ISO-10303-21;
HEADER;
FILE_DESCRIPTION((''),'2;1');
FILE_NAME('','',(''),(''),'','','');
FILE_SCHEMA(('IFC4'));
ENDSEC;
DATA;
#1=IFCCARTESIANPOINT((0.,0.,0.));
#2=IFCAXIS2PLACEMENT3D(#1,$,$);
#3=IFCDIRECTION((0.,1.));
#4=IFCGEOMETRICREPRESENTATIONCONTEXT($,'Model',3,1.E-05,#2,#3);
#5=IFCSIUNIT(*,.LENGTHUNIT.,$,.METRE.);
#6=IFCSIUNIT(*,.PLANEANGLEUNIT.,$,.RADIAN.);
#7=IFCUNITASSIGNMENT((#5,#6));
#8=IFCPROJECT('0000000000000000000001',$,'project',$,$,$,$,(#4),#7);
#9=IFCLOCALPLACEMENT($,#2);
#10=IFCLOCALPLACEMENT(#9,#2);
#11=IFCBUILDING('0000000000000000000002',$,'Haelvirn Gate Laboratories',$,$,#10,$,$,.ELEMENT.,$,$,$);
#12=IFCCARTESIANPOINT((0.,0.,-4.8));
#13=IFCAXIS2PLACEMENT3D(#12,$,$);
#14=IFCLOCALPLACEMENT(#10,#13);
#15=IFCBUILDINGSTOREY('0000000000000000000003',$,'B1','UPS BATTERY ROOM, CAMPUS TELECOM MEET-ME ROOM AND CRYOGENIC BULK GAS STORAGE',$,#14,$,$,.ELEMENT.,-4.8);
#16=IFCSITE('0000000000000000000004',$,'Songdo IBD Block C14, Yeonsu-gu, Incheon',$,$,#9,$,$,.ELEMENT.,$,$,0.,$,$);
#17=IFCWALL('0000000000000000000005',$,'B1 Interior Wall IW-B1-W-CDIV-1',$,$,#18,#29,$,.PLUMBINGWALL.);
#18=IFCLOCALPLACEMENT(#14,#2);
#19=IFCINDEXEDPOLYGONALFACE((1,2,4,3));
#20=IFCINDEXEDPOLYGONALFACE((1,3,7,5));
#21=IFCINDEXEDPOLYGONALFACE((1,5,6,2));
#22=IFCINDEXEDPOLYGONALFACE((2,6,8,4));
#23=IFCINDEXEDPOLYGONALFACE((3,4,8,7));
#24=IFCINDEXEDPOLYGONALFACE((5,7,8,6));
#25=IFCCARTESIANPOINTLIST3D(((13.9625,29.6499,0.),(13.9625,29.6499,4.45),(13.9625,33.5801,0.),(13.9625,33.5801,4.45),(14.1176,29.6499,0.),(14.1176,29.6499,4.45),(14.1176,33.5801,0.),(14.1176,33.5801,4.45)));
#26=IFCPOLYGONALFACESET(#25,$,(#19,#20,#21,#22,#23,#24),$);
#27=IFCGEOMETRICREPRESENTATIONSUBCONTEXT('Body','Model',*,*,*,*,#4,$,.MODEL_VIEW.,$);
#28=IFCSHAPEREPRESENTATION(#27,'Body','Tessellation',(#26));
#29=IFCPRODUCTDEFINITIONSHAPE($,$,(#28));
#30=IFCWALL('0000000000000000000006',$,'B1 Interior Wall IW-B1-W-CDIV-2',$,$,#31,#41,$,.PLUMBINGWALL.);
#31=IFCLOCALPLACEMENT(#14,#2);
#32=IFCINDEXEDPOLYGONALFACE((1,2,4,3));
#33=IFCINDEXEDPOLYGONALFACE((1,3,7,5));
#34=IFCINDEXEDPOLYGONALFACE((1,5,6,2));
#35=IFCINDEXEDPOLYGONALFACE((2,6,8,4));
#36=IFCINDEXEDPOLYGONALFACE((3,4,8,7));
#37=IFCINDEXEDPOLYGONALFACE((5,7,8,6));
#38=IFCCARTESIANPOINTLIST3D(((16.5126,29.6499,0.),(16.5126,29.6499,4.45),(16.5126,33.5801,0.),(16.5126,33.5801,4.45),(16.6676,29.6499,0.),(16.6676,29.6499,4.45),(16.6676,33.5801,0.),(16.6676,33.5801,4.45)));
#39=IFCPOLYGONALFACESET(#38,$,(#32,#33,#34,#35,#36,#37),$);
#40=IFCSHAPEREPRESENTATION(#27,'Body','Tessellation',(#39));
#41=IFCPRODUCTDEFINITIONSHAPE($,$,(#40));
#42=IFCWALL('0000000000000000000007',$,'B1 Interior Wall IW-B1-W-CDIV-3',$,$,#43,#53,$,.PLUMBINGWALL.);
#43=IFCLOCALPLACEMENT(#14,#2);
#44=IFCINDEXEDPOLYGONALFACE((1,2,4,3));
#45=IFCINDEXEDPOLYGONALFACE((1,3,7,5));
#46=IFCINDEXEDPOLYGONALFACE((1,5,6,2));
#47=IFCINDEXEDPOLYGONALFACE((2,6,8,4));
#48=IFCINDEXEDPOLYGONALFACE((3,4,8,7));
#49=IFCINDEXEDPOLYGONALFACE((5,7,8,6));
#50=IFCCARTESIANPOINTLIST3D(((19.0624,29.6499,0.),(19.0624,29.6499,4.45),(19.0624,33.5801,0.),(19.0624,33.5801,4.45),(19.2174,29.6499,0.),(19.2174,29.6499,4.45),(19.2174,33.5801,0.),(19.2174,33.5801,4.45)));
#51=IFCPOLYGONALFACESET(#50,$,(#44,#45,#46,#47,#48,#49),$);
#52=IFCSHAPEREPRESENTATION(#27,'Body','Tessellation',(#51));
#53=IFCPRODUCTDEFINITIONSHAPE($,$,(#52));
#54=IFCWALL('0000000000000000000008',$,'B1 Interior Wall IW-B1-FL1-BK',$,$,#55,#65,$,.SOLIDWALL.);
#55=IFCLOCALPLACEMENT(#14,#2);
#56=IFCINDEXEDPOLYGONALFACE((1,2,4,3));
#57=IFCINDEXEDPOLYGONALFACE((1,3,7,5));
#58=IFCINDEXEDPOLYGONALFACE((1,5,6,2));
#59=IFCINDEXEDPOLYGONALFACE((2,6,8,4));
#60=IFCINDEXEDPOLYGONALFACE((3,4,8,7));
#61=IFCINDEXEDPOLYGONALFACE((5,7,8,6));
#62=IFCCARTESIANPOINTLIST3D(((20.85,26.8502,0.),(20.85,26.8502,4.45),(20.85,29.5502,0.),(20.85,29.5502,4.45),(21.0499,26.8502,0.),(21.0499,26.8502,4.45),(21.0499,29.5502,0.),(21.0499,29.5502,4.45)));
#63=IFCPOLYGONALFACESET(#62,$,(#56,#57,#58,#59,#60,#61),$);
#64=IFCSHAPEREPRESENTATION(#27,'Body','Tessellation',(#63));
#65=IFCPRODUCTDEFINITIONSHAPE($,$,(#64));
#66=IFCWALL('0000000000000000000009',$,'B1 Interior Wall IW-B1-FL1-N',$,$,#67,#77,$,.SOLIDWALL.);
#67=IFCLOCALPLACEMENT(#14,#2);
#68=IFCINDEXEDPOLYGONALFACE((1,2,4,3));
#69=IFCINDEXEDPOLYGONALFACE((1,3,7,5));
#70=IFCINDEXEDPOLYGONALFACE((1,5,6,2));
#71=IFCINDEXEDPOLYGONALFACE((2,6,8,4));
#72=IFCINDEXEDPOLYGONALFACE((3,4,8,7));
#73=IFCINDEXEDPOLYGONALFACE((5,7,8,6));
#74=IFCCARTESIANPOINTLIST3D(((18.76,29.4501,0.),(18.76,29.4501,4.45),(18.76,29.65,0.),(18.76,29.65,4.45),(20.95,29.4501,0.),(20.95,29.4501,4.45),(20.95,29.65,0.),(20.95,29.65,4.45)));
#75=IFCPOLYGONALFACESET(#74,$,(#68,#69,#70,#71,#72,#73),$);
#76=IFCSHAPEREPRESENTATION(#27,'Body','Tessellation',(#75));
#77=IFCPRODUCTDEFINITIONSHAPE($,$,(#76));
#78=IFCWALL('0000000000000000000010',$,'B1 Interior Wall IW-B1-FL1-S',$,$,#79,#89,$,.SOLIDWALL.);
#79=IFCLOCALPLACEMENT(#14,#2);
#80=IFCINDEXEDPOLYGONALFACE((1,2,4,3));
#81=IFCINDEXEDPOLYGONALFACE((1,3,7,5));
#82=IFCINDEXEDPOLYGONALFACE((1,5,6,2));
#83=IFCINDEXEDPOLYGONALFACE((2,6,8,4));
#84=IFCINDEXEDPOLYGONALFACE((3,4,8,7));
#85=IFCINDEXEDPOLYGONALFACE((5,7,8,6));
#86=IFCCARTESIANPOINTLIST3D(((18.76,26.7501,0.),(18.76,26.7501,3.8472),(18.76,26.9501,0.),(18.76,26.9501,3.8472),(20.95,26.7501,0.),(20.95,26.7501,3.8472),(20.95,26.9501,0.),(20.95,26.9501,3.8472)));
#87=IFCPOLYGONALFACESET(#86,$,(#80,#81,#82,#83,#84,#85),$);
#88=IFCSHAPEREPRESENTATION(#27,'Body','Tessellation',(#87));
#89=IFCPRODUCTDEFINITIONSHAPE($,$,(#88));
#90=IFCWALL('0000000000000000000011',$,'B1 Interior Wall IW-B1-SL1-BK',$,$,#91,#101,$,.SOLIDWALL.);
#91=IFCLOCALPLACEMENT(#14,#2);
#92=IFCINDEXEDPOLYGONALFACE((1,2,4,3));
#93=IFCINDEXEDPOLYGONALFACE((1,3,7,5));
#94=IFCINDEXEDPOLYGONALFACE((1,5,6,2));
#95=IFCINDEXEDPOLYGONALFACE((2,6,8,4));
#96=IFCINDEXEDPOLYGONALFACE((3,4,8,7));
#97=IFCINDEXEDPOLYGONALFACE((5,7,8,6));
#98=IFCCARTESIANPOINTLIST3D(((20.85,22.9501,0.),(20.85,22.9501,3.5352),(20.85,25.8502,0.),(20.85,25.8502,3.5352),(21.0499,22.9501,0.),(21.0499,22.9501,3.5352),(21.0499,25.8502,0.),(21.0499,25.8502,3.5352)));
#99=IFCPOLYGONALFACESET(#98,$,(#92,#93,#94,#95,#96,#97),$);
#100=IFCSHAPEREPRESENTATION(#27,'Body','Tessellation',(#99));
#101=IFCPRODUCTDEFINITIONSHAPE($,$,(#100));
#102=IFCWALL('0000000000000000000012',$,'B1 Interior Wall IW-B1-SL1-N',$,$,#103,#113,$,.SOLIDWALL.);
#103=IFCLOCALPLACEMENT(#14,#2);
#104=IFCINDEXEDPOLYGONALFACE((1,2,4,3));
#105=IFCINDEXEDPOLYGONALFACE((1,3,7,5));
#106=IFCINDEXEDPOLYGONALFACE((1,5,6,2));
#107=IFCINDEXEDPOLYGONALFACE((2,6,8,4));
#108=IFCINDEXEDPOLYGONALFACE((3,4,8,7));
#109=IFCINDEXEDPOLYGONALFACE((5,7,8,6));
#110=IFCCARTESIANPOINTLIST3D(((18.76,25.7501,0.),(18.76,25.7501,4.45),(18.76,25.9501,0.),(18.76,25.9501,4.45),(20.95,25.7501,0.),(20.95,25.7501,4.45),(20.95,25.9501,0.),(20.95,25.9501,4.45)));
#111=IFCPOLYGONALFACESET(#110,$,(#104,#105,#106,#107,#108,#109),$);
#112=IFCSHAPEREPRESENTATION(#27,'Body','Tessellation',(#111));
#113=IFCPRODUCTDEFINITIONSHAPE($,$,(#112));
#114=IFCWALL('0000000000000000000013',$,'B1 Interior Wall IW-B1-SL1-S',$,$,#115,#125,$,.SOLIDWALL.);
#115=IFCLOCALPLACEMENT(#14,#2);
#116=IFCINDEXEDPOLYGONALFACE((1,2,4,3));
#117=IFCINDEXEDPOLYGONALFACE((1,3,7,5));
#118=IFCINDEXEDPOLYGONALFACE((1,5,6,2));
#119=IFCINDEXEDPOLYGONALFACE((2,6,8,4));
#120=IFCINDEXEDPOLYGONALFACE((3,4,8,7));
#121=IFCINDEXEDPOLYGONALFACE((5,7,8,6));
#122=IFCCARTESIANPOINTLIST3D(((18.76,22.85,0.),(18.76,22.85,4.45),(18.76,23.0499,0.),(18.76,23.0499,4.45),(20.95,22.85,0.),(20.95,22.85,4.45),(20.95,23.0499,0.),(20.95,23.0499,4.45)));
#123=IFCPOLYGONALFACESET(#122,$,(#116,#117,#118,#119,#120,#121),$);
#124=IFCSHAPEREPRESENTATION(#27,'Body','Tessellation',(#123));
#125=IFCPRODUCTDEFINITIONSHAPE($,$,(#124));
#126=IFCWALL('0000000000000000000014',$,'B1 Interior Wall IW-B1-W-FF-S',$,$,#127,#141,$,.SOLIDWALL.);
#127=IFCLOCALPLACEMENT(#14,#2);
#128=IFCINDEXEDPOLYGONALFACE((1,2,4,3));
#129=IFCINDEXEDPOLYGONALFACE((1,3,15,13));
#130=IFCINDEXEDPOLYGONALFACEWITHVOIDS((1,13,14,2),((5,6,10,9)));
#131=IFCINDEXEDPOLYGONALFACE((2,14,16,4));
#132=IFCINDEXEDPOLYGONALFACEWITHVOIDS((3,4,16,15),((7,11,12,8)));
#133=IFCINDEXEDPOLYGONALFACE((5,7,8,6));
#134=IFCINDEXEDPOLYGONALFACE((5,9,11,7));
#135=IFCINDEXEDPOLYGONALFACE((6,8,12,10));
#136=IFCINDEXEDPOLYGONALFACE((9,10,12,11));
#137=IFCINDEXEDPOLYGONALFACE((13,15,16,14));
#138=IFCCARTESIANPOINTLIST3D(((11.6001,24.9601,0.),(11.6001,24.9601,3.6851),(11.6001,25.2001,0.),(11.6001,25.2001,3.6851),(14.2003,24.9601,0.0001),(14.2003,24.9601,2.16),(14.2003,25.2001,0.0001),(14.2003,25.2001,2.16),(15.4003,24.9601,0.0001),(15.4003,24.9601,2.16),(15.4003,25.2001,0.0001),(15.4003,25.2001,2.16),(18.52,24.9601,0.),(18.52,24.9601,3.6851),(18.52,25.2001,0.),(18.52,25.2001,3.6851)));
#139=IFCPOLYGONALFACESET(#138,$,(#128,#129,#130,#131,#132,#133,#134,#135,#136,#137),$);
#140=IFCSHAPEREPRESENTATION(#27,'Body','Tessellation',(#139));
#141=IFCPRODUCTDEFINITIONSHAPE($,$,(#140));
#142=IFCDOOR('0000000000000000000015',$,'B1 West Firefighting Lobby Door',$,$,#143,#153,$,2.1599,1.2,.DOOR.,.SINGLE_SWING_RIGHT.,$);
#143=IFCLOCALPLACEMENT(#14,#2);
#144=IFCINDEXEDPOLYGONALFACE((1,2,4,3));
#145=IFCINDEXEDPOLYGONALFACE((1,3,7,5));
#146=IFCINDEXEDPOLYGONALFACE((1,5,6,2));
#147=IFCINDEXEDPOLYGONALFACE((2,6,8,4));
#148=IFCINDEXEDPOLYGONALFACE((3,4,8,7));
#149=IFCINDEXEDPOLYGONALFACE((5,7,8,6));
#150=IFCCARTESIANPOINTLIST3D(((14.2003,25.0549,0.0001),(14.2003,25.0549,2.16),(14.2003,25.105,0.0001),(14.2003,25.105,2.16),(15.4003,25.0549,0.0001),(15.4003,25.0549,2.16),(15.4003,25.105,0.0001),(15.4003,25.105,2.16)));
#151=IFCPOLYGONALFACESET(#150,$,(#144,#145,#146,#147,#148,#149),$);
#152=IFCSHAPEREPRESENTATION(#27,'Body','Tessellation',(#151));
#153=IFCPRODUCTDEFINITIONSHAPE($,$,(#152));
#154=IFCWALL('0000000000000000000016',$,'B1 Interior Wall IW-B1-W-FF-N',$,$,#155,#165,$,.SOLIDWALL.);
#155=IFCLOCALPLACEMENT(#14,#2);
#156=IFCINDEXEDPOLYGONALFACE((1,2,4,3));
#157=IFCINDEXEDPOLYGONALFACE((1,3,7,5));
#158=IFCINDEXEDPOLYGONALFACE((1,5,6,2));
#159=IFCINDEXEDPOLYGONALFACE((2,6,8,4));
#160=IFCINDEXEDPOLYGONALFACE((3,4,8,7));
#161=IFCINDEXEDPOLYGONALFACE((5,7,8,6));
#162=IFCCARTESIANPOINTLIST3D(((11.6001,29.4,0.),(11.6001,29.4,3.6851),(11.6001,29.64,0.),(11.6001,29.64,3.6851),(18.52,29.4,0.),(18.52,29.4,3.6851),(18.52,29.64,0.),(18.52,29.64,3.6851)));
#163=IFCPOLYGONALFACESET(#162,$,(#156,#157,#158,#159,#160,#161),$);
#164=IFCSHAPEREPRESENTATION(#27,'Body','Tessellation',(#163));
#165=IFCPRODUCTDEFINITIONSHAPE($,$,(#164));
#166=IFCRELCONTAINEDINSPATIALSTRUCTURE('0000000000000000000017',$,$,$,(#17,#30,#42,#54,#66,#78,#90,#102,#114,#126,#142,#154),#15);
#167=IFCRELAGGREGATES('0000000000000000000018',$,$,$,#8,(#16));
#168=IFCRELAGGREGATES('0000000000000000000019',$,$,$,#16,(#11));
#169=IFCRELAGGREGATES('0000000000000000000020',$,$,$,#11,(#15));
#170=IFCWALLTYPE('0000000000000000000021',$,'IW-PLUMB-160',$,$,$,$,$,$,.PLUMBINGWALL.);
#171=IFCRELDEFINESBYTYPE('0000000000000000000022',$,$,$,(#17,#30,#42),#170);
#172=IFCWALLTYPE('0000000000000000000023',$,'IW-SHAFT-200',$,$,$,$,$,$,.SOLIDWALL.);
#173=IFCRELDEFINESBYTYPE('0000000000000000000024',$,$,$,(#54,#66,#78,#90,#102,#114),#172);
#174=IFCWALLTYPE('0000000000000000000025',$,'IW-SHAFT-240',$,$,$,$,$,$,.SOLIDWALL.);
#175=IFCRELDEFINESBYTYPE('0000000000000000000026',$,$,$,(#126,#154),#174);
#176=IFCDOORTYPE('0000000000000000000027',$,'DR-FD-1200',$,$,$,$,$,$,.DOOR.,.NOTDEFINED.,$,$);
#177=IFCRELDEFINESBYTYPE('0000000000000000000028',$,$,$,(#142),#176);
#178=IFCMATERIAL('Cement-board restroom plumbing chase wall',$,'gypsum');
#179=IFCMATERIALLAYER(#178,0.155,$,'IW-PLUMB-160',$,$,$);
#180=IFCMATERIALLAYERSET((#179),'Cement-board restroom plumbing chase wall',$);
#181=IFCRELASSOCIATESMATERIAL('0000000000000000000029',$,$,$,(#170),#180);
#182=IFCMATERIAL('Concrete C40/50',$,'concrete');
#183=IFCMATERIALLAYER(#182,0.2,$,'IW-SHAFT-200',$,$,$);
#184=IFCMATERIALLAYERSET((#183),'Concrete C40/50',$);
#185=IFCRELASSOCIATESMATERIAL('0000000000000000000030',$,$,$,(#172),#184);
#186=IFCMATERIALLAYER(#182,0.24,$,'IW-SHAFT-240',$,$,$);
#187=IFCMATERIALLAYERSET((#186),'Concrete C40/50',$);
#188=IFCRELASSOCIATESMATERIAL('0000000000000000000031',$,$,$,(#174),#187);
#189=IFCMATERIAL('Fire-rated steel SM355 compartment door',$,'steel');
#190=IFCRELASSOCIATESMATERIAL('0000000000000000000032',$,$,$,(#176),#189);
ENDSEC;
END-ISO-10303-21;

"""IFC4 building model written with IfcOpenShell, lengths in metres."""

from ifc_helpers import new_model, si_unit, direction, frame, frame_2d, origin, place, context, subcontext, project, spatial, rectangle, extrude, source, transform, mapped, material, layer, layer_set, type_object, type_shapes, element, fill, save


model = new_model("IFC4")

# Units and contexts
model_context = context("Model", 3, precision=1e-05, world=origin(), true_north=direction((0.0, 1.0)))
body_context = subcontext(model_context, "Body", "Model", "MODEL_VIEW")
ifc_project = project(units=[si_unit("LENGTHUNIT", "METRE"), si_unit("PLANEANGLEUNIT", "RADIAN")], contexts=[model_context])

# Site, building, storey
site_placement = place(None, origin())
site = spatial("IfcSite", under=ifc_project, at=site_placement, Name="Songdo IBD Block C14, Yeonsu-gu, Incheon", CompositionType="ELEMENT", RefElevation=0.0)
building_placement = place(site_placement, origin())
building = spatial("IfcBuilding", under=site, at=building_placement, Name="Haelvirn Gate Laboratories", CompositionType="ELEMENT")
storey_placement = place(building_placement, frame((0.0, 0.0, -4.8)))
storey = spatial("IfcBuildingStorey", under=building, at=storey_placement, Name="B1", Description="UPS BATTERY ROOM, CAMPUS TELECOM MEET-ME ROOM AND CRYOGENIC BULK GAS STORAGE", CompositionType="ELEMENT", Elevation=-4.8)

# Walls
ifc_material_1 = material(Name="Cement-board restroom plumbing chase wall", Category="gypsum")
ifc_layer_1 = layer(ifc_material_1, 0.155, Name="IW-PLUMB-160")
ifc_layer_set_1 = layer_set([ifc_layer_1], Name="Cement-board restroom plumbing chase wall")
wall_type_1 = type_object("IfcWallType", Name="IW-PLUMB-160", PredefinedType="PLUMBINGWALL", material=ifc_layer_set_1)
for number, where, z_axis, x_axis, name in (
    (1, (14.04, 29.6499, 0.0), (0.0, 0.0, 1.0), (0.0, 1.0, 0.0), "B1 Interior Wall IW-B1-W-CDIV-1"),
    (2, (16.5901, 29.6499, 0.0), (0.0, 0.0, 1.0), (0.0, 1.0, 0.0), "B1 Interior Wall IW-B1-W-CDIV-2"),
    (3, (19.1399, 29.6499, 0.0), (0.0, 0.0, 1.0), (0.0, 1.0, 0.0), "B1 Interior Wall IW-B1-W-CDIV-3"),
):
    element("IfcWall", number, at=place(storey_placement, frame(where, z_axis=z_axis, x_axis=x_axis)), inside=storey, type_object=wall_type_1, Name=name, PredefinedType="PLUMBINGWALL", context=body_context, shape_type="SweptSolid", body=[
        extrude(rectangle(XDim=3.9302, YDim=0.155, at=frame_2d((1.9651, 0.0))), origin(), (0.0, 0.0, 1.0), 4.45),
    ])
ifc_material_2 = material(Name="Concrete C40/50", Category="concrete")
ifc_layer_2 = layer(ifc_material_2, 0.2, Name="IW-SHAFT-200")
ifc_layer_set_2 = layer_set([ifc_layer_2], Name="Concrete C40/50")
wall_type_2 = type_object("IfcWallType", Name="IW-SHAFT-200", PredefinedType="SOLIDWALL", material=ifc_layer_set_2)
wall_1_placement = place(storey_placement, frame((20.95, 26.8501, 0.0), z_axis=(0.0, 0.0, 1.0), x_axis=(0.0, 1.0, 0.0)))
element("IfcWall", 4, at=wall_1_placement, inside=storey, type_object=wall_type_2, Name="B1 Interior Wall IW-B1-FL1-BK", PredefinedType="SOLIDWALL", context=body_context, shape_type="SweptSolid", body=[
    extrude(rectangle(XDim=2.7, YDim=0.2, at=frame_2d((1.3501, 0.0))), origin(), (0.0, 0.0, 1.0), 4.45),
])
wall_2_placement = place(storey_placement, frame((18.76, 29.55, 0.0), z_axis=(0.0, 0.0, 1.0), x_axis=(1.0, 0.0, 0.0)))
element("IfcWall", 5, at=wall_2_placement, inside=storey, type_object=wall_type_2, Name="B1 Interior Wall IW-B1-FL1-N", PredefinedType="SOLIDWALL", context=body_context, shape_type="SweptSolid", body=[
    extrude(rectangle(XDim=2.1899, YDim=0.2, at=frame_2d((1.095, 0.0))), origin(), (0.0, 0.0, 1.0), 4.45),
])
wall_3_placement = place(storey_placement, frame((18.76, 26.8501, 0.0), z_axis=(0.0, 0.0, 1.0), x_axis=(1.0, 0.0, 0.0)))
element("IfcWall", 6, at=wall_3_placement, inside=storey, type_object=wall_type_2, Name="B1 Interior Wall IW-B1-FL1-S", PredefinedType="SOLIDWALL", context=body_context, shape_type="SweptSolid", body=[
    extrude(rectangle(XDim=2.1899, YDim=0.2, at=frame_2d((1.095, 0.0))), origin(), (0.0, 0.0, 1.0), 3.8472),
])
wall_4_placement = place(storey_placement, frame((20.95, 22.95, 0.0), z_axis=(0.0, 0.0, 1.0), x_axis=(0.0, 1.0, 0.0)))
element("IfcWall", 7, at=wall_4_placement, inside=storey, type_object=wall_type_2, Name="B1 Interior Wall IW-B1-SL1-BK", PredefinedType="SOLIDWALL", context=body_context, shape_type="SweptSolid", body=[
    extrude(rectangle(XDim=2.9001, YDim=0.2, at=frame_2d((1.4502, 0.0))), origin(), (0.0, 0.0, 1.0), 3.5352),
])
for number, where, z_axis, x_axis, name in (
    (8, (18.76, 25.8501, 0.0), (0.0, 0.0, 1.0), (1.0, 0.0, 0.0), "B1 Interior Wall IW-B1-SL1-N"),
    (9, (18.76, 22.95, 0.0), (0.0, 0.0, 1.0), (1.0, 0.0, 0.0), "B1 Interior Wall IW-B1-SL1-S"),
):
    element("IfcWall", number, at=place(storey_placement, frame(where, z_axis=z_axis, x_axis=x_axis)), inside=storey, type_object=wall_type_2, Name=name, PredefinedType="SOLIDWALL", context=body_context, shape_type="SweptSolid", body=[
        extrude(rectangle(XDim=2.1899, YDim=0.2, at=frame_2d((1.095, 0.0))), origin(), (0.0, 0.0, 1.0), 4.45),
    ])

# Wall, opening, door
ifc_layer_3 = layer(ifc_material_2, 0.24, Name="IW-SHAFT-240")
ifc_layer_set_3 = layer_set([ifc_layer_3], Name="Concrete C40/50")
wall_type_3 = type_object("IfcWallType", Name="IW-SHAFT-240", PredefinedType="SOLIDWALL", material=ifc_layer_set_3)
wall_5_placement = place(storey_placement, frame((11.6001, 25.0801, 0.0), z_axis=(0.0, 0.0, 1.0), x_axis=(1.0, 0.0, 0.0)))
wall_5 = element("IfcWall", 10, at=wall_5_placement, inside=storey, type_object=wall_type_3, Name="B1 Interior Wall IW-B1-W-FF-S", PredefinedType="SOLIDWALL", context=body_context, shape_type="SweptSolid", body=[
    extrude(rectangle(XDim=6.9199, YDim=0.24, at=frame_2d((3.46, 0.0))), origin(), (0.0, 0.0, 1.0), 3.6851),
])
opening_1_placement = place(wall_5_placement, frame((2.6001, 0.0, 0.0)))
opening_1 = element("IfcOpeningElement", 11, at=opening_1_placement, cuts=wall_5, PredefinedType="OPENING", context=body_context, shape_type="SweptSolid", body=[
    extrude(rectangle(XDim=1.2, YDim=2.1599, at=frame_2d((0.6001, 1.0801))), frame((0.0, 0.1299, 0.0), z_axis=(0.0, -1.0, 0.0), x_axis=(1.0, 0.0, 0.0)), (0.0, 0.0, 1.0), 0.26),
])
ifc_material_3 = material(Name="Fire-rated steel SM355 compartment door", Category="steel")
door_type_1 = type_object("IfcDoorType", Name="DR-FD-1200", OperationType="NOTDEFINED", PredefinedType="DOOR", material=ifc_material_3)
shared_shape_1 = source(origin(), body_context, "Body", "SweptSolid", [
    extrude(rectangle(XDim=1.2, YDim=2.1599, at=frame_2d((0.6001, 1.0801))), frame((0.0, 0.0249, 0.0), z_axis=(0.0, -1.0, 0.0), x_axis=(1.0, 0.0, 0.0)), (0.0, 0.0, 1.0), 0.05),
])
type_shapes(door_type_1, [shared_shape_1])
door_1_placement = place(opening_1_placement, origin())
door_1 = element("IfcDoor", 12, at=door_1_placement, inside=storey, type_object=door_type_1, Name="B1 West Firefighting Lobby Door", OperationType="SINGLE_SWING_RIGHT", OverallHeight=2.1599, OverallWidth=1.2, PredefinedType="DOOR", context=body_context, shape_type="MappedRepresentation", body=[
    mapped(shared_shape_1, transform((0.0, 0.0, 0.0), scale=1.0)),
])
fill(opening_1, door_1)

# Wall
wall_6_placement = place(storey_placement, frame((11.6001, 29.52, 0.0), z_axis=(0.0, 0.0, 1.0), x_axis=(1.0, 0.0, 0.0)))
element("IfcWall", 13, at=wall_6_placement, inside=storey, type_object=wall_type_3, Name="B1 Interior Wall IW-B1-W-FF-N", PredefinedType="SOLIDWALL", context=body_context, shape_type="SweptSolid", body=[
    extrude(rectangle(XDim=6.9199, YDim=0.24, at=frame_2d((3.46, 0.0))), origin(), (0.0, 0.0, 1.0), 3.6851),
])

save(model, "model.ifc")
